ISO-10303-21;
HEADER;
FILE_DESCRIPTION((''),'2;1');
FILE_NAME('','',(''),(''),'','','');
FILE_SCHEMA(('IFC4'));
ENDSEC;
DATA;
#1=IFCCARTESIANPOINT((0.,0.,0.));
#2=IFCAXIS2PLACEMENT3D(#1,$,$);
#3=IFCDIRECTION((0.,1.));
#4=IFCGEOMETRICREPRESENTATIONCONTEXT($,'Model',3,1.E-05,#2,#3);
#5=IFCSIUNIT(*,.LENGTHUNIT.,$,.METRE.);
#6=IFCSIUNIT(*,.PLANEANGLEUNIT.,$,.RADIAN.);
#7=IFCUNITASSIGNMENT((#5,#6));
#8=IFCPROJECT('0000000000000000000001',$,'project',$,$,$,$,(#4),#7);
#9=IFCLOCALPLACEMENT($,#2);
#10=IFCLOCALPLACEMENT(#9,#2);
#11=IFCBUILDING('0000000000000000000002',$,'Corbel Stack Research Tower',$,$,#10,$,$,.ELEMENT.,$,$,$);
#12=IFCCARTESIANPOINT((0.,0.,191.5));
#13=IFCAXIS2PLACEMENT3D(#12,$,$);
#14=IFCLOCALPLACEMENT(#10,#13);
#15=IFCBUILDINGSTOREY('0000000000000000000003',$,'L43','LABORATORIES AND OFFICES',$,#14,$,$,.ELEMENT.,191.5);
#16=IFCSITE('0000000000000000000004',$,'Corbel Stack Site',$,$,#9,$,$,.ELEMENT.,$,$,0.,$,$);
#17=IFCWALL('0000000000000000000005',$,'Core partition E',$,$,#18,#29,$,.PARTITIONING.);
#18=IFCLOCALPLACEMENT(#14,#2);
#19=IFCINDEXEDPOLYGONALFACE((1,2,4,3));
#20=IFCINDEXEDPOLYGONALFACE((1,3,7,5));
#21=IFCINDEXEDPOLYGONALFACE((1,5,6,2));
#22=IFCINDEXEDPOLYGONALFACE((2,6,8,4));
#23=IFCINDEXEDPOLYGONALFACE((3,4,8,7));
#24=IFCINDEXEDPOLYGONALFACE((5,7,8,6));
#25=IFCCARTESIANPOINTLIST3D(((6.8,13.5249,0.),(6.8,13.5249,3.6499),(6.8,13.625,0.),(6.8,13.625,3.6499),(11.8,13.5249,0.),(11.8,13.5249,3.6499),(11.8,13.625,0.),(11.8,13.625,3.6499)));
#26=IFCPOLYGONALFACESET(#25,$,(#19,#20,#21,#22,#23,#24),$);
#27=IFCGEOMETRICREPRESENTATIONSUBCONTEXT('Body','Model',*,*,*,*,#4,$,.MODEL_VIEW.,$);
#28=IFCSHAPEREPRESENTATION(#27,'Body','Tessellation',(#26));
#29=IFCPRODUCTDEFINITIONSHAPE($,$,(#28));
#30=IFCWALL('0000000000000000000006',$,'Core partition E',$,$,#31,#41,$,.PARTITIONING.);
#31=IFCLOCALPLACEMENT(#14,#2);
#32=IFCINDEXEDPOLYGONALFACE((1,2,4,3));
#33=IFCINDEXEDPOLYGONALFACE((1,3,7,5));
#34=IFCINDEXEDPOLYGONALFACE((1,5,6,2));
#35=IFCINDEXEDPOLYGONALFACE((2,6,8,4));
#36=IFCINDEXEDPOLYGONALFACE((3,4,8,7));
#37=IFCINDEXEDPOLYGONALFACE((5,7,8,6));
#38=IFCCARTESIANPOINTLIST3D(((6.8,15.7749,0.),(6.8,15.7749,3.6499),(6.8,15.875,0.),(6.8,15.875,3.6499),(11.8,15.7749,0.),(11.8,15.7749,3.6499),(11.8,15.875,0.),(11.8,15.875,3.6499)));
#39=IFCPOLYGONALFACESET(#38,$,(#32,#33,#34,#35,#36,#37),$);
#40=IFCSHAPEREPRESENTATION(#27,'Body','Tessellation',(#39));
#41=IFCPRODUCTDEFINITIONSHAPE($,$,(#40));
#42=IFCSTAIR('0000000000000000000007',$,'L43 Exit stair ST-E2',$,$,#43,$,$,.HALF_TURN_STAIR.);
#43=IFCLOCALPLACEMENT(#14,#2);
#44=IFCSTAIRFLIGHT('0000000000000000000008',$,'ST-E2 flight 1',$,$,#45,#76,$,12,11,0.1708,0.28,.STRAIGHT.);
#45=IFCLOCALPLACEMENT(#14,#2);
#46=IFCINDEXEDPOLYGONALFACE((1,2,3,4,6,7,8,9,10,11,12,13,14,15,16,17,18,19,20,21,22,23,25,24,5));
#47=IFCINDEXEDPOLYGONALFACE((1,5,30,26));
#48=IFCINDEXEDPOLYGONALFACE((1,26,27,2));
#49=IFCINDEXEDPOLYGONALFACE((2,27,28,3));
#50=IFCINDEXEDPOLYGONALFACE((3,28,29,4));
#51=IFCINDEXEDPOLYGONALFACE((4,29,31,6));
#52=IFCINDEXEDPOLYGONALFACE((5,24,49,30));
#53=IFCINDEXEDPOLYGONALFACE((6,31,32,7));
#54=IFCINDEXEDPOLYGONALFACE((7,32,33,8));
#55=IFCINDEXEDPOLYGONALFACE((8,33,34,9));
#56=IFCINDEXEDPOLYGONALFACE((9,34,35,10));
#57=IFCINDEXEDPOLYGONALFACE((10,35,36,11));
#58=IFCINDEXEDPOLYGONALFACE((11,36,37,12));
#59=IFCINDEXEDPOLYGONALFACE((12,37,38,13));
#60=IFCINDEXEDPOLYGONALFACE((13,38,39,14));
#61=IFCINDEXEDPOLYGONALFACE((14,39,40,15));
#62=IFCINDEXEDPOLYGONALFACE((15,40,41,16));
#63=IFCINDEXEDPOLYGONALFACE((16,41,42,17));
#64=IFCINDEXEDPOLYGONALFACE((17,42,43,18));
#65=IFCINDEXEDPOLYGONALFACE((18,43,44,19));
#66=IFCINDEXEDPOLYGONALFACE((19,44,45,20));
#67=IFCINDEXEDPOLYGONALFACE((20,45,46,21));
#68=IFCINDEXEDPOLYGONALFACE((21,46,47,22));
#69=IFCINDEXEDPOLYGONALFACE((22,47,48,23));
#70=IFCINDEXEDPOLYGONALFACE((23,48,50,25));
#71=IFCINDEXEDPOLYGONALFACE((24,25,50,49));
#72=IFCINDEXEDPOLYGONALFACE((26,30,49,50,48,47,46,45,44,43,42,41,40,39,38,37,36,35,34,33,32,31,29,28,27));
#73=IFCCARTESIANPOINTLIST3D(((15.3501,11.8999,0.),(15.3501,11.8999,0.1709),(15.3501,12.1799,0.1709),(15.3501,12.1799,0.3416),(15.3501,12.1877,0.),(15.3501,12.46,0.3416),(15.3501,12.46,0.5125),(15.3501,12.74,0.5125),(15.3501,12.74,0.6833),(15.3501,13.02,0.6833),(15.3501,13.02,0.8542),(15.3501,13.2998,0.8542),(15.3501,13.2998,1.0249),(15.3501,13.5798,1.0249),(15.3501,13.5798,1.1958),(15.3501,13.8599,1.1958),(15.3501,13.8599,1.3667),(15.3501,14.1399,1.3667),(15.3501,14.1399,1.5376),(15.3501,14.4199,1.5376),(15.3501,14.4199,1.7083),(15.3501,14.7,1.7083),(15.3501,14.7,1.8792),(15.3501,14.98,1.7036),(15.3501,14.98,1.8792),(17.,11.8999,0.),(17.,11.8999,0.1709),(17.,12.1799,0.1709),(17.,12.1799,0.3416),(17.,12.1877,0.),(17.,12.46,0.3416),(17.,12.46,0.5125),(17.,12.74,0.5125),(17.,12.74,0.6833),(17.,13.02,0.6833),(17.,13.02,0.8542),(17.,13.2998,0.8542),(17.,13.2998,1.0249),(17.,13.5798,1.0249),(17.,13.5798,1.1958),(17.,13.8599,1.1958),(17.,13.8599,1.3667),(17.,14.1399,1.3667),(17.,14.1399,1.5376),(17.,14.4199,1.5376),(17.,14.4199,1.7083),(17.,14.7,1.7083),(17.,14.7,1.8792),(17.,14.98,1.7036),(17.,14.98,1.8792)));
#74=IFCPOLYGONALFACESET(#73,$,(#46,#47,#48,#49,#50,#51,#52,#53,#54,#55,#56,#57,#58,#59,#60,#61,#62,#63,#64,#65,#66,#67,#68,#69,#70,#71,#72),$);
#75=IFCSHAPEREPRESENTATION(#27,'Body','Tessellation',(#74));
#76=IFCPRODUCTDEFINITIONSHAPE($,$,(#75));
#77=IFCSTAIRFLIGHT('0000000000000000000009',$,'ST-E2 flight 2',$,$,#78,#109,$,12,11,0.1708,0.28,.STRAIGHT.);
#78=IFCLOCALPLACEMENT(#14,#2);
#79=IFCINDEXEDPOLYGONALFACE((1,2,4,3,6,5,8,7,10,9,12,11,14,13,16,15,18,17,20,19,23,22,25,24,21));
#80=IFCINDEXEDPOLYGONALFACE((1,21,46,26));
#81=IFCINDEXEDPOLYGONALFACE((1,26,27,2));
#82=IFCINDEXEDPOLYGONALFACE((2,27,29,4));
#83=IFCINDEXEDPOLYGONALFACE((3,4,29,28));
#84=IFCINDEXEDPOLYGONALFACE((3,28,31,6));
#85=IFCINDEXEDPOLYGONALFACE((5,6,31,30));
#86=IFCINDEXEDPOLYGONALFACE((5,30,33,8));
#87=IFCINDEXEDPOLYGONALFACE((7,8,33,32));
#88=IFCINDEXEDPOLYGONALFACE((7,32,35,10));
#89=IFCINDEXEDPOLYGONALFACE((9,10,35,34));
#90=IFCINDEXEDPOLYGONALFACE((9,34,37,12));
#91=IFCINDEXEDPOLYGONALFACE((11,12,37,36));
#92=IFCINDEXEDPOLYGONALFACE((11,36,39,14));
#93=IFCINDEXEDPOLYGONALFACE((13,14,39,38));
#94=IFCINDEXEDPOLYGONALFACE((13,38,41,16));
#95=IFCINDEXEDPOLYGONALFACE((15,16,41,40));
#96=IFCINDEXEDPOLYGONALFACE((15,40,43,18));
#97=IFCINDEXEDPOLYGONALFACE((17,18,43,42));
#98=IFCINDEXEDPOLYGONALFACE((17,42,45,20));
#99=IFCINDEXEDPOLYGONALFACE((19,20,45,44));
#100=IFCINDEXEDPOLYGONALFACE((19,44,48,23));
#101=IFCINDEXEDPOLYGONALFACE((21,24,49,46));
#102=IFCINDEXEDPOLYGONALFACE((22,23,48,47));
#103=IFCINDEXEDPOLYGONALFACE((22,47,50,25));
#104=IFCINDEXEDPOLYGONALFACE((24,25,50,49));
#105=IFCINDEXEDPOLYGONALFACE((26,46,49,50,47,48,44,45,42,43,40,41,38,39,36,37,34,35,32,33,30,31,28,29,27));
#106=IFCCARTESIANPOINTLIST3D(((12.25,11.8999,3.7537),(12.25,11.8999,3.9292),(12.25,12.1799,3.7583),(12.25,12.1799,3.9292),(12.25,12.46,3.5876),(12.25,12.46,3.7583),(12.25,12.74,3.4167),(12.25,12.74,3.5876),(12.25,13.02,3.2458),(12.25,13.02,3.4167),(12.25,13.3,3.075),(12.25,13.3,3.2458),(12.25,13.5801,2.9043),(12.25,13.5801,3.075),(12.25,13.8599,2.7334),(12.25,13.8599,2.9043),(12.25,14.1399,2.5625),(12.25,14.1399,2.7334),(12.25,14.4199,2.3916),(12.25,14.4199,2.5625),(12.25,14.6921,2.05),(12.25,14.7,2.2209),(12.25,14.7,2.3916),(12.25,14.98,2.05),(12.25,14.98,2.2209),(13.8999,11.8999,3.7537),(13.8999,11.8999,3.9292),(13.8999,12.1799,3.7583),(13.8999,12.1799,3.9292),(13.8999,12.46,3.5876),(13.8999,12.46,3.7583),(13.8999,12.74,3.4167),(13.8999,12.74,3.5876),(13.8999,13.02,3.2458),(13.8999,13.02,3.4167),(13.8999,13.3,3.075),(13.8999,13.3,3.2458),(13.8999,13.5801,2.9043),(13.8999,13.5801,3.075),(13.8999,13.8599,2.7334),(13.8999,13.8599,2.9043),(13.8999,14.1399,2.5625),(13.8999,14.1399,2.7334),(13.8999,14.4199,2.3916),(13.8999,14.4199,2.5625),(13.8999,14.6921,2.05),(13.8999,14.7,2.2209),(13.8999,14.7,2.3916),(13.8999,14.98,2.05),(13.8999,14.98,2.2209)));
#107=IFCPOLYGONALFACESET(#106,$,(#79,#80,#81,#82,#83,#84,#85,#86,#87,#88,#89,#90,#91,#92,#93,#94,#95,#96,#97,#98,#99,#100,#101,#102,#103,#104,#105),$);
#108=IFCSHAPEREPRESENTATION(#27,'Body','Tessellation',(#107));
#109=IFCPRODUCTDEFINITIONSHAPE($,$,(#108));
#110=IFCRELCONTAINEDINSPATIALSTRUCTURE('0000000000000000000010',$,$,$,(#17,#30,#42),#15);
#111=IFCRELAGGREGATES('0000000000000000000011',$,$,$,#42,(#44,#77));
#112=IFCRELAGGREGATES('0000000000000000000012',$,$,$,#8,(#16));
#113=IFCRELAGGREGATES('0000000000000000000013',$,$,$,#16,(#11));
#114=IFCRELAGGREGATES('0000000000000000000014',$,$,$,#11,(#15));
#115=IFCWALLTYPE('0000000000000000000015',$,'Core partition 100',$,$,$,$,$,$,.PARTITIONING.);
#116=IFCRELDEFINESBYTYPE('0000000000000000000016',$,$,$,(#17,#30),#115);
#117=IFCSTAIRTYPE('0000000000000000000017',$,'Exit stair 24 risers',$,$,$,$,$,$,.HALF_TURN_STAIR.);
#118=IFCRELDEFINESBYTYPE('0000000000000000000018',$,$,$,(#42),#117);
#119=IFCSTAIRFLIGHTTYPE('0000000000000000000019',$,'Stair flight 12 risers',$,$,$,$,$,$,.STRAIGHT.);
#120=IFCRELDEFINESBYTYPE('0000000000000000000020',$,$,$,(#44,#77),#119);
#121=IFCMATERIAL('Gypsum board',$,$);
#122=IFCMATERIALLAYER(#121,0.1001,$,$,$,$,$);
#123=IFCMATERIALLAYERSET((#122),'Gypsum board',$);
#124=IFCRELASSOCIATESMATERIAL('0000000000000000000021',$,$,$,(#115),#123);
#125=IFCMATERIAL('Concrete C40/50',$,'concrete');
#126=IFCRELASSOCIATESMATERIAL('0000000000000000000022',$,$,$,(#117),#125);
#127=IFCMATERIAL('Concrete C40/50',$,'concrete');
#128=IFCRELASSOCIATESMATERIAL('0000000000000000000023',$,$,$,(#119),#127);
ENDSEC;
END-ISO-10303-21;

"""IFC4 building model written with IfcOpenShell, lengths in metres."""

from ifc_helpers import new_model, si_unit, direction, frame, frame_2d, origin, place, context, subcontext, project, spatial, polyline, rectangle, outline, extrude, material, layer, layer_set, type_object, element, aggregate, save


model = new_model("IFC4")

# Units and contexts
model_context = context("Model", 3, precision=1e-05, world=origin(), true_north=direction((0.0, 1.0)))
body_context = subcontext(model_context, "Body", "Model", "MODEL_VIEW")
ifc_project = project(units=[si_unit("LENGTHUNIT", "METRE"), si_unit("PLANEANGLEUNIT", "RADIAN")], contexts=[model_context])

# Site, building, storey
site_placement = place(None, origin())
site = spatial("IfcSite", under=ifc_project, at=site_placement, Name="Corbel Stack Site", CompositionType="ELEMENT", RefElevation=0.0)
building_placement = place(site_placement, origin())
building = spatial("IfcBuilding", under=site, at=building_placement, Name="Corbel Stack Research Tower", CompositionType="ELEMENT")
storey_placement = place(building_placement, frame((0.0, 0.0, 191.5)))
storey = spatial("IfcBuildingStorey", under=building, at=storey_placement, Name="L43", Description="LABORATORIES AND OFFICES", CompositionType="ELEMENT", Elevation=191.5)

# Walls
ifc_material_1 = material(Name="Gypsum board")
ifc_layer = layer(ifc_material_1, 0.1001)
ifc_layer_set = layer_set([ifc_layer], Name="Gypsum board")
wall_type = type_object("IfcWallType", Name="Core partition 100", PredefinedType="PARTITIONING", material=ifc_layer_set)
for number, where, z_axis, x_axis, name in (
    (1, (6.8, 13.575, 0.0), (0.0, 0.0, 1.0), (1.0, 0.0, 0.0), "Core partition E"),
    (2, (6.8, 15.825, 0.0), (0.0, 0.0, 1.0), (1.0, 0.0, 0.0), "Core partition E"),
):
    element("IfcWall", number, at=place(storey_placement, frame(where, z_axis=z_axis, x_axis=x_axis)), inside=storey, type_object=wall_type, Name=name, PredefinedType="PARTITIONING", context=body_context, shape_type="SweptSolid", body=[
        extrude(rectangle(XDim=5.0, YDim=0.1001, at=frame_2d((2.5, 0.0))), origin(), (0.0, 0.0, 1.0), 3.6499),
    ])

# Stair, stair flights
ifc_material_2 = material(Name="Concrete C40/50", Category="concrete")
stair_type = type_object("IfcStairType", Name="Exit stair 24 risers", PredefinedType="HALF_TURN_STAIR", material=ifc_material_2)
stair_placement = place(storey_placement, origin())
stair = element("IfcStair", 3, at=stair_placement, inside=storey, type_object=stair_type, Name="L43 Exit stair ST-E2", PredefinedType="HALF_TURN_STAIR")
ifc_material_3 = material(Name="Concrete C40/50", Category="concrete")
stair_flight_type = type_object("IfcStairFlightType", Name="Stair flight 12 risers", PredefinedType="STRAIGHT", material=ifc_material_3)
stair_flight_1_placement = place(storey_placement, frame((16.175, 11.8999, 0.0), z_axis=(0.0, 0.0, 1.0), x_axis=(0.0, 1.0, 0.0)))
stair_flight_1 = element("IfcStairFlight", 4, at=stair_flight_1_placement, type_object=stair_flight_type, Name="ST-E2 flight 1", NumberOfRisers=12, NumberOfTreads=11, PredefinedType="STRAIGHT", RiserHeight=0.1708, TreadLength=0.28, context=body_context, shape_type="SweptSolid", body=[
    extrude(outline(polyline([(0.0, 0.0), (0.0, 0.1709), (0.28, 0.1709), (0.28, 0.3416), (0.5601, 0.3416), (0.5601, 0.5125), (0.8401, 0.5125), (0.8401, 0.6833), (1.1201, 0.6833), (1.1201, 0.8542), (1.3999, 0.8542), (1.3999, 1.0249), (1.6799, 1.0249), (1.6799, 1.1958), (1.96, 1.1958), (1.96, 1.3667), (2.24, 1.3667), (2.24, 1.5376), (2.52, 1.5376), (2.52, 1.7083), (2.8, 1.7083), (2.8, 1.8792), (3.0801, 1.8792), (3.0801, 2.05), (3.0801, 1.7036), (0.2878, 0.0), (0.0, 0.0)])), frame((0.0, 0.825, 0.0), z_axis=(0.0, -1.0, 0.0), x_axis=(1.0, 0.0, 0.0)), (0.0, 0.0, 1.0), 1.6499),
])
stair_flight_2_placement = place(storey_placement, frame((13.075, 14.98, 2.05), z_axis=(0.0, 0.0, 1.0), x_axis=(0.0, -1.0, 0.0)))
stair_flight_2 = element("IfcStairFlight", 5, at=stair_flight_2_placement, type_object=stair_flight_type, Name="ST-E2 flight 2", NumberOfRisers=12, NumberOfTreads=11, PredefinedType="STRAIGHT", RiserHeight=0.1708, TreadLength=0.28, context=body_context, shape_type="SweptSolid", body=[
    extrude(outline(polyline([(0.0, 0.0), (0.0, 0.1709), (0.28, 0.1709), (0.28, 0.3416), (0.5601, 0.3416), (0.5601, 0.5125), (0.8401, 0.5125), (0.8401, 0.6833), (1.1201, 0.6833), (1.1201, 0.8542), (1.3999, 0.8542), (1.3999, 1.0249), (1.6799, 1.0249), (1.6799, 1.1958), (1.96, 1.1958), (1.96, 1.3667), (2.24, 1.3667), (2.24, 1.5376), (2.52, 1.5376), (2.52, 1.7083), (2.8, 1.7083), (2.8, 1.8792), (3.0801, 1.8792), (3.0801, 2.05), (3.0801, 1.7036), (0.2878, 0.0), (0.0, 0.0)])), frame((0.0, 0.825, 0.0), z_axis=(0.0, -1.0, 0.0), x_axis=(1.0, 0.0, 0.0)), (0.0, 0.0, 1.0), 1.6499),
])
aggregate(stair, [stair_flight_1, stair_flight_2])

save(model, "model.ifc")
